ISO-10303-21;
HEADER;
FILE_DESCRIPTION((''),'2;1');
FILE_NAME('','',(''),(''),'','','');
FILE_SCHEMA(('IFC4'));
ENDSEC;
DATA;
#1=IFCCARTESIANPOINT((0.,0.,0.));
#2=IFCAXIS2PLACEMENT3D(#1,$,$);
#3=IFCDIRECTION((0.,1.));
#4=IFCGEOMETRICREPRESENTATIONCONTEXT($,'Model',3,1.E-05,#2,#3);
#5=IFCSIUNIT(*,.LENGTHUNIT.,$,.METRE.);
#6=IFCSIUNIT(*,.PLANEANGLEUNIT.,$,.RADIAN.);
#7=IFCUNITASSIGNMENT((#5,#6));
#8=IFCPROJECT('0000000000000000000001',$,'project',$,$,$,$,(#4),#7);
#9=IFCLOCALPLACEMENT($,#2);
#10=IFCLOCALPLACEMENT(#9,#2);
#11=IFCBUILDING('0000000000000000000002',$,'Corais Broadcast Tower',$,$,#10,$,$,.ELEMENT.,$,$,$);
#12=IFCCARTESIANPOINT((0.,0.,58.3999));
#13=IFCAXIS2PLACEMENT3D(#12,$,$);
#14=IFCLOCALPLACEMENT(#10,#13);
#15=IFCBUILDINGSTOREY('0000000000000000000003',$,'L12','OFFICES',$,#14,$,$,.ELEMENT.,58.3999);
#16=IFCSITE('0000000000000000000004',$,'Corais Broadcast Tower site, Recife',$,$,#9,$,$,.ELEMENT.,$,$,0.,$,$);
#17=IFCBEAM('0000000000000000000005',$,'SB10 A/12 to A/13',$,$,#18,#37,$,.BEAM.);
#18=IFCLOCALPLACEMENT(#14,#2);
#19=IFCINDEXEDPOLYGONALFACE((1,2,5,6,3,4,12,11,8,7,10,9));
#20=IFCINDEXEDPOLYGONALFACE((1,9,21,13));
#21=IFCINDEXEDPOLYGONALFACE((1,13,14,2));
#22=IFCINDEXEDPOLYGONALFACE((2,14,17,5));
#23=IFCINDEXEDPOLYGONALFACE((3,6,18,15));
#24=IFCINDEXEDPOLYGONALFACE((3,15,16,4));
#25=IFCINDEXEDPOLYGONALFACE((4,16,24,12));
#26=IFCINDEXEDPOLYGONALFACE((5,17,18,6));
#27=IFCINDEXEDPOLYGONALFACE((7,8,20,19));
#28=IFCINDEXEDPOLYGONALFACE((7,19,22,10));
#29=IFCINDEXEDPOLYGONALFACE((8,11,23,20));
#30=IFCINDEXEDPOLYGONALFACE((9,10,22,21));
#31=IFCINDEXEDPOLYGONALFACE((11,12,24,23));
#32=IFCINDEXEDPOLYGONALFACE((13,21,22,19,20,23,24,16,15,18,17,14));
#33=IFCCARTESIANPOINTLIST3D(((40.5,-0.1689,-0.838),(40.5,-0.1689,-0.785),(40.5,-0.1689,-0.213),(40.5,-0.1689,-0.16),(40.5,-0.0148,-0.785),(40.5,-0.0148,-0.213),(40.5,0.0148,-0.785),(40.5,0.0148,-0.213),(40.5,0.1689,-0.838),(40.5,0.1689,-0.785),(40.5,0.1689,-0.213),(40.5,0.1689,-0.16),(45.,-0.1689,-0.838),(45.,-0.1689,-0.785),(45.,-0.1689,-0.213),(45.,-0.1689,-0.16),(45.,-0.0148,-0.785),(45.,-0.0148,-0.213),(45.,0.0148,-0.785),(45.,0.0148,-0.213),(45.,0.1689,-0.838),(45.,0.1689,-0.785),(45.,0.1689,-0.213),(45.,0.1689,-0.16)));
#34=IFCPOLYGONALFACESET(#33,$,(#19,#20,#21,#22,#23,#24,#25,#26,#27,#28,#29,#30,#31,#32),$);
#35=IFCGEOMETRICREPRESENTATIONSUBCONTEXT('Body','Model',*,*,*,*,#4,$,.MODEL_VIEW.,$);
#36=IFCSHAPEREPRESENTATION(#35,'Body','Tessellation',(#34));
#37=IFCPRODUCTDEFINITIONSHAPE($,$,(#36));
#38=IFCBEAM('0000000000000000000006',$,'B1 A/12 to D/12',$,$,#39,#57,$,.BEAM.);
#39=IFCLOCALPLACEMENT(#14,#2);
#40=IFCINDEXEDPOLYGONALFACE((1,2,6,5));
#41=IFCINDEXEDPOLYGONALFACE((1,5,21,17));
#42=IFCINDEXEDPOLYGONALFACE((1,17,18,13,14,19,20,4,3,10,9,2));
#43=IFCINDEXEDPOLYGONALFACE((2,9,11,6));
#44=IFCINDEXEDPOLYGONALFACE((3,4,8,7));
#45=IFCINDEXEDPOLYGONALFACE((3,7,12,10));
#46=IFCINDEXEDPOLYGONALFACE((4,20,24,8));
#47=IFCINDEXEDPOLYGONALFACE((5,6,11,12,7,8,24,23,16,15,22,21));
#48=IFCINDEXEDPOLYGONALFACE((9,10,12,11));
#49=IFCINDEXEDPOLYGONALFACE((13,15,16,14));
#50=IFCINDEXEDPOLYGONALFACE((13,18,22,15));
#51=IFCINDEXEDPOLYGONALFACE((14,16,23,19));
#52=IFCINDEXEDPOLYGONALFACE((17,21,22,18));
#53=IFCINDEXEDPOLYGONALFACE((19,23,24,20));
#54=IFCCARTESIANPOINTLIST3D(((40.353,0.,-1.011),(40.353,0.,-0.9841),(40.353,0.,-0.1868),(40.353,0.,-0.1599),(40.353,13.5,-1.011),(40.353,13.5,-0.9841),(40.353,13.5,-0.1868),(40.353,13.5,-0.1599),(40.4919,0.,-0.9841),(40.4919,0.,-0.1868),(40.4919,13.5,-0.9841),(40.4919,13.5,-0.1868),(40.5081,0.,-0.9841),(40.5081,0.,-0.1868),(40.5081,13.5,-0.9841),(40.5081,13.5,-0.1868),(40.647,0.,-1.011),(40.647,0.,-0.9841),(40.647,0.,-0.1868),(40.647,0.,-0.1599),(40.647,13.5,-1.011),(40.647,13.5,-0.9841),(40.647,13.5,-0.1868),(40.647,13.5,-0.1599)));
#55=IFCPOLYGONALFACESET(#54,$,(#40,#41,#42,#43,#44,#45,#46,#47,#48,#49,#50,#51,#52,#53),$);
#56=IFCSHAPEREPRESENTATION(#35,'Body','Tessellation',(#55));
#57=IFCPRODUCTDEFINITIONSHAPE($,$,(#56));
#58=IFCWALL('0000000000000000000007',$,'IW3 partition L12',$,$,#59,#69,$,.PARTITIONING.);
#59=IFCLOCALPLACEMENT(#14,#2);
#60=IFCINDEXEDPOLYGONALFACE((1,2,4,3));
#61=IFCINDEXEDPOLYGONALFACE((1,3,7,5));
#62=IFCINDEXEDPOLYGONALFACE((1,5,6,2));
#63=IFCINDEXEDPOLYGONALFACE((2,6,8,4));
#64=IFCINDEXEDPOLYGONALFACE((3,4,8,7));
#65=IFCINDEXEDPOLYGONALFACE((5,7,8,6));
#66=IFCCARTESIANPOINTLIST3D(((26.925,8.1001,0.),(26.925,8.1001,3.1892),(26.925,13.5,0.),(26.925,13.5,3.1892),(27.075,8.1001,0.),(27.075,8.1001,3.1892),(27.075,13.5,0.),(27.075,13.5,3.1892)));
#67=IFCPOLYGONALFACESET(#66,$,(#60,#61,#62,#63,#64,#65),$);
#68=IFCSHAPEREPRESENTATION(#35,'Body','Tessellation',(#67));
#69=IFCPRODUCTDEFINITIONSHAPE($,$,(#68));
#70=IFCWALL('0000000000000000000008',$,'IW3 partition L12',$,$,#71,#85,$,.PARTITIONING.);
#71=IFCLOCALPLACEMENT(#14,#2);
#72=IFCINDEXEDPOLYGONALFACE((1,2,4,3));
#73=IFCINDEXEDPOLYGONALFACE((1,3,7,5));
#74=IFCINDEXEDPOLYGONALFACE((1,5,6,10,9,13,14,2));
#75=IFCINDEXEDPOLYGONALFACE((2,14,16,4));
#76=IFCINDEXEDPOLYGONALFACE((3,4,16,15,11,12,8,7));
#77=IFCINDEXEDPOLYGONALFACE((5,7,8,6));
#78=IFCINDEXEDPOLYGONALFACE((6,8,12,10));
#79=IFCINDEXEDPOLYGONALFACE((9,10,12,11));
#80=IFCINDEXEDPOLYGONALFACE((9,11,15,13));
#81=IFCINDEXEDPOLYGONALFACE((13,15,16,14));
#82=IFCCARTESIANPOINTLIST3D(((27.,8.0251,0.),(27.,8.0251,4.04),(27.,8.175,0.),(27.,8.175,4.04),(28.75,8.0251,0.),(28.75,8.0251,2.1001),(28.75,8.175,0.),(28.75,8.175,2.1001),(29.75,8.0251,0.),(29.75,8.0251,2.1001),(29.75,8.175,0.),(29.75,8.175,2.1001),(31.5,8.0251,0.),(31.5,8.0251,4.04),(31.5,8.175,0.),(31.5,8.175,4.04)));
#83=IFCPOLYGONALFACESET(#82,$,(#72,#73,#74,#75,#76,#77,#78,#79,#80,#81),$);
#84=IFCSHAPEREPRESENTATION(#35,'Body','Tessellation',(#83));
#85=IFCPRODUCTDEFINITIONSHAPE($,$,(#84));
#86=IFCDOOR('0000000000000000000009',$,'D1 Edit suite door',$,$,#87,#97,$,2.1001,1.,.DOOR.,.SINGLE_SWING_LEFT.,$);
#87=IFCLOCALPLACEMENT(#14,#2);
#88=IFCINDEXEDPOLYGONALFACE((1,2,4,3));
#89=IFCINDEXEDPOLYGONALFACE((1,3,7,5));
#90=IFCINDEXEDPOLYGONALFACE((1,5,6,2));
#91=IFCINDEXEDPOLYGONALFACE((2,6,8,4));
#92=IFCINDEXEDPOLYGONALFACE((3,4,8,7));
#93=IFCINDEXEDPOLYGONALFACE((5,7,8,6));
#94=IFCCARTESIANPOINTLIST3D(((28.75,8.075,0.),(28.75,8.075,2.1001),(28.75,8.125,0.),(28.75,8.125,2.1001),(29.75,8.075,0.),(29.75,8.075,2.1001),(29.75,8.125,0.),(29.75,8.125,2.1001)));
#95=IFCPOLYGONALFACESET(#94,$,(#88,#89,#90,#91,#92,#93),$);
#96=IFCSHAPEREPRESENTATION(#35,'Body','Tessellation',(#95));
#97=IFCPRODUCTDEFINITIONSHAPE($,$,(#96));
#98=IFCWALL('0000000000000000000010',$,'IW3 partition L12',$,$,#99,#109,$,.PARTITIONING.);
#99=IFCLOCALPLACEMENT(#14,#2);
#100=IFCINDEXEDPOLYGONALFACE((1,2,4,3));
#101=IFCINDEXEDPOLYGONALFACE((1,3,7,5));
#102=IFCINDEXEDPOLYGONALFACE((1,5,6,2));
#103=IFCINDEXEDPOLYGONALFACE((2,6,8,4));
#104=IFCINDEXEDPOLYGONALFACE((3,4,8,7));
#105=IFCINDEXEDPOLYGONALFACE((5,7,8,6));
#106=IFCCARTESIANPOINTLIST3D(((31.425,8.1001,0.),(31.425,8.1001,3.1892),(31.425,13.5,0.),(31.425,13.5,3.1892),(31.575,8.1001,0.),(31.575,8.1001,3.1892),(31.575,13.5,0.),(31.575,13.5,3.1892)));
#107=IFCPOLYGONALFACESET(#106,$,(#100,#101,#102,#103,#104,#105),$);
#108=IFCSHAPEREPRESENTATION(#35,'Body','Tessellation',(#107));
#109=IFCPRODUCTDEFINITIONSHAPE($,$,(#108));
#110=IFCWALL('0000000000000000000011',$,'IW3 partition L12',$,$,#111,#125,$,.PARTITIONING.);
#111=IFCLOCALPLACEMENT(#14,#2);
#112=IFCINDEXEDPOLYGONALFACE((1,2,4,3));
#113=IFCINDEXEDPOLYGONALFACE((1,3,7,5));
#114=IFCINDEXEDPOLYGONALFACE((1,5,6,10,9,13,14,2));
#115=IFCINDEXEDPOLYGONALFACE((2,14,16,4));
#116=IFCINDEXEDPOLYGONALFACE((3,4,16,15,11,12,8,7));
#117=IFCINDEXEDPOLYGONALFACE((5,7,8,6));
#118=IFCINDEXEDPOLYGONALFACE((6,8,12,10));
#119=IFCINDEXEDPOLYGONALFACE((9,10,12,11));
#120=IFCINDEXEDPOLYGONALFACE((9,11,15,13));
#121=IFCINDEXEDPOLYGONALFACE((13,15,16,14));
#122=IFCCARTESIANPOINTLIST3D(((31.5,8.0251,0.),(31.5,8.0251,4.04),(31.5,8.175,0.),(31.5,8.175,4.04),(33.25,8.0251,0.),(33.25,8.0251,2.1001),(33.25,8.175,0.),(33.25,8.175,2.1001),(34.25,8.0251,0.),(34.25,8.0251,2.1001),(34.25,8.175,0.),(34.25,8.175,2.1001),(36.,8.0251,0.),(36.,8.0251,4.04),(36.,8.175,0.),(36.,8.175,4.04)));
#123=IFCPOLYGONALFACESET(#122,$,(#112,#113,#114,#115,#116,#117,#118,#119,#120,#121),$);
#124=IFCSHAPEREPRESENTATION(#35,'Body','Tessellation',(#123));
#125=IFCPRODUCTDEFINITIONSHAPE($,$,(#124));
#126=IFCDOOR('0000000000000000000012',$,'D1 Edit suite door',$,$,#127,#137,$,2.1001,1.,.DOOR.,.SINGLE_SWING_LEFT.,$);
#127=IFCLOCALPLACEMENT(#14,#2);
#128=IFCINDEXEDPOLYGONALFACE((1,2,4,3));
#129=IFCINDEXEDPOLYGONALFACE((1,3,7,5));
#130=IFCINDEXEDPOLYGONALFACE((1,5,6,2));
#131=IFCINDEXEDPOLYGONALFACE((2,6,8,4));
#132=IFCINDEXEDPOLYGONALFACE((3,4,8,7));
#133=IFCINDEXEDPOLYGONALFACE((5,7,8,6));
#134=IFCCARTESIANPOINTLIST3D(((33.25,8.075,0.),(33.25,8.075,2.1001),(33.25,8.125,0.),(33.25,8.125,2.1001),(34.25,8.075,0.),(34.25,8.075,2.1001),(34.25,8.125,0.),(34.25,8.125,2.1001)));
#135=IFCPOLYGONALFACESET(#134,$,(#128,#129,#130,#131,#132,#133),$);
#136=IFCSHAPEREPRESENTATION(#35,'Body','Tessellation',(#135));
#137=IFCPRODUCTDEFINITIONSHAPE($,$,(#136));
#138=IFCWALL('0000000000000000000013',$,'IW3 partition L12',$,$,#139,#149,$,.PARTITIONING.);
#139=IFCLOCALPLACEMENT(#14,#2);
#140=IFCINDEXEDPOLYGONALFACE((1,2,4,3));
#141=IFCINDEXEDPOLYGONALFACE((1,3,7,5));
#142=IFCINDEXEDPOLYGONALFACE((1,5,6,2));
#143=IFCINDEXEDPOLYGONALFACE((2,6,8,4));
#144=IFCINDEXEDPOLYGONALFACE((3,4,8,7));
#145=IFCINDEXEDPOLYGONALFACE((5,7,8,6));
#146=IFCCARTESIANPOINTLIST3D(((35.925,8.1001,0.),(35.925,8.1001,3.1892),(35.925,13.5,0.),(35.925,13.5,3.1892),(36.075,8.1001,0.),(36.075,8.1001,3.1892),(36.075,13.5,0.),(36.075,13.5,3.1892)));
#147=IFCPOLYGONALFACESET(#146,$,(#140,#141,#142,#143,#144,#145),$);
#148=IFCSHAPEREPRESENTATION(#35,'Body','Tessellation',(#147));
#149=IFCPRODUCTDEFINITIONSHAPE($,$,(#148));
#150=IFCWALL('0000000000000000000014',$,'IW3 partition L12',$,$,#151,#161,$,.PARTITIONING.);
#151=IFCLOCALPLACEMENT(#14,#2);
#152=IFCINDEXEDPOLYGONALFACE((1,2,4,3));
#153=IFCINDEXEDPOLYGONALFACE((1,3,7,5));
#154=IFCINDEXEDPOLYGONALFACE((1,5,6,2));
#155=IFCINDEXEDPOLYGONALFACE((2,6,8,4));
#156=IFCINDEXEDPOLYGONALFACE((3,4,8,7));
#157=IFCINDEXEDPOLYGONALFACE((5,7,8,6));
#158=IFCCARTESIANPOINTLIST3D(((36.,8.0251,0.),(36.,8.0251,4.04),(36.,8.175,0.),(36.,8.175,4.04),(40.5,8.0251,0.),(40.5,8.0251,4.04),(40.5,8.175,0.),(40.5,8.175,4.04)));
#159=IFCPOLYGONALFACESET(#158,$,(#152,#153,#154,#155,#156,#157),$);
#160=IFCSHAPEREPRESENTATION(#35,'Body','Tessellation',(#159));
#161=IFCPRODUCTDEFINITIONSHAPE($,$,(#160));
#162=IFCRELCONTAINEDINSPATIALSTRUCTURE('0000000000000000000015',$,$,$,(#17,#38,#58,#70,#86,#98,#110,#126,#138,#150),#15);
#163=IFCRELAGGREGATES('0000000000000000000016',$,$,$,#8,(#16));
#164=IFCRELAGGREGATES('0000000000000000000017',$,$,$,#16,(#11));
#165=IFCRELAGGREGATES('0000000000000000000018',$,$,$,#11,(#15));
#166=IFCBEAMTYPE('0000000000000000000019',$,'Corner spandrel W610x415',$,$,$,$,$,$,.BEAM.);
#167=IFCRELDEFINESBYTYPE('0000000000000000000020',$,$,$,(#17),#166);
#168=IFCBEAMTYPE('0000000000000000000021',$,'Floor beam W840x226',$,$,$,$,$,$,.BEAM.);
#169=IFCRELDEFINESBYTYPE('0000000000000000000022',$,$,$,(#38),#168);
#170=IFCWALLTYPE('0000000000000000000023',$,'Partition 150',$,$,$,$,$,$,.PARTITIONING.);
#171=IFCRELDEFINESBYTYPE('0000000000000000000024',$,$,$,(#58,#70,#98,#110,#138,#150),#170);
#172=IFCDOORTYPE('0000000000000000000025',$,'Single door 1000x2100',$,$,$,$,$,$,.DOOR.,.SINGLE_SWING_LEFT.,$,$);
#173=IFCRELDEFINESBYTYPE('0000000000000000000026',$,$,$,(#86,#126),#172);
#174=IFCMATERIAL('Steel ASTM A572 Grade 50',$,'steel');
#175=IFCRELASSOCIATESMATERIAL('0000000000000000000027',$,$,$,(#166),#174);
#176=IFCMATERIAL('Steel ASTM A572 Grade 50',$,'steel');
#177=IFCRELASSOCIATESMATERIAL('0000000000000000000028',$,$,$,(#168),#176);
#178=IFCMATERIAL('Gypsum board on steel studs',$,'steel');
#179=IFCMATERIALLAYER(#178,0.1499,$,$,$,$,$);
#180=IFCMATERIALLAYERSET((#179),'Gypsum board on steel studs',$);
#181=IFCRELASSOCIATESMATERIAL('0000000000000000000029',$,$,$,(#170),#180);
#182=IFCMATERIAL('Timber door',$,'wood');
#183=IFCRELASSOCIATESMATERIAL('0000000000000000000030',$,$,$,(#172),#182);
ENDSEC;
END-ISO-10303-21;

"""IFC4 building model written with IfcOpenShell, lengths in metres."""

from ifc_helpers import new_model, si_unit, direction, frame, frame_2d, origin, origin_2d, place, context, subcontext, project, spatial, rectangle, i_section, extrude, material, layer, layer_set, material_profile, profile_set, type_object, element, fill, save


model = new_model("IFC4")

# Units and contexts
model_context = context("Model", 3, precision=1e-05, world=origin(), true_north=direction((0.0, 1.0)))
body_context = subcontext(model_context, "Body", "Model", "MODEL_VIEW")
ifc_project = project(units=[si_unit("LENGTHUNIT", "METRE"), si_unit("PLANEANGLEUNIT", "RADIAN")], contexts=[model_context])

# Site, building, storey
site_placement = place(None, origin())
site = spatial("IfcSite", under=ifc_project, at=site_placement, Name="Corais Broadcast Tower site, Recife", CompositionType="ELEMENT", RefElevation=0.0)
building_placement = place(site_placement, origin())
building = spatial("IfcBuilding", under=site, at=building_placement, Name="Corais Broadcast Tower", CompositionType="ELEMENT")
storey_placement = place(building_placement, frame((0.0, 0.0, 58.3999)))
storey = spatial("IfcBuildingStorey", under=building, at=storey_placement, Name="L12", Description="OFFICES", CompositionType="ELEMENT", Elevation=58.3999)

# Beams
ifc_material_1 = material(Name="Steel ASTM A572 Grade 50", Category="steel")
ifc_material_profile_1 = material_profile(ifc_material_1, i_section(OverallWidth=0.3379, OverallDepth=0.678, WebThickness=0.0295, FlangeThickness=0.053, at=origin_2d()), Name="W610x415")
ifc_profile_set_1 = profile_set([ifc_material_profile_1], Name="Steel ASTM A572 Grade 50")
beam_type_1 = type_object("IfcBeamType", Name="Corner spandrel W610x415", PredefinedType="BEAM", material=ifc_profile_set_1)
beam_1_placement = place(storey_placement, frame((40.5, 0.0, -0.499), z_axis=(1.0, 0.0, 0.0), x_axis=(0.0, 1.0, 0.0)))
element("IfcBeam", 1, at=beam_1_placement, inside=storey, type_object=beam_type_1, Name="SB10 A/12 to A/13", PredefinedType="BEAM", context=body_context, shape_type="SweptSolid", body=[
    extrude(i_section(OverallWidth=0.3379, OverallDepth=0.678, WebThickness=0.0295, FlangeThickness=0.053, at=origin_2d()), origin(), (0.0, 0.0, 1.0), 4.5),
])
ifc_material_2 = material(Name="Steel ASTM A572 Grade 50", Category="steel")
ifc_material_profile_2 = material_profile(ifc_material_2, i_section(OverallWidth=0.2939, OverallDepth=0.8511, WebThickness=0.0161, FlangeThickness=0.0269, at=origin_2d()), Name="W840x226")
ifc_profile_set_2 = profile_set([ifc_material_profile_2], Name="Steel ASTM A572 Grade 50")
beam_type_2 = type_object("IfcBeamType", Name="Floor beam W840x226", PredefinedType="BEAM", material=ifc_profile_set_2)
beam_2_placement = place(storey_placement, frame((40.5, 0.0, -0.5854), z_axis=(0.0, 1.0, 0.0), x_axis=(-1.0, 0.0, 0.0)))
element("IfcBeam", 2, at=beam_2_placement, inside=storey, type_object=beam_type_2, Name="B1 A/12 to D/12", PredefinedType="BEAM", context=body_context, shape_type="SweptSolid", body=[
    extrude(i_section(OverallWidth=0.2939, OverallDepth=0.8511, WebThickness=0.0161, FlangeThickness=0.0269, at=origin_2d()), origin(), (0.0, 0.0, 1.0), 13.5),
])

# Wall
ifc_material_3 = material(Name="Gypsum board on steel studs", Category="steel")
ifc_layer_1 = layer(ifc_material_3, 0.1499)
ifc_layer_set_1 = layer_set([ifc_layer_1], Name="Gypsum board on steel studs")
wall_type_1 = type_object("IfcWallType", Name="Partition 150", PredefinedType="PARTITIONING", material=ifc_layer_set_1)
wall_1_placement = place(storey_placement, frame((27.0, 8.1001, 0.0), z_axis=(0.0, 0.0, 1.0), x_axis=(0.0, 1.0, 0.0)))
element("IfcWall", 3, at=wall_1_placement, inside=storey, type_object=wall_type_1, Name="IW3 partition L12", PredefinedType="PARTITIONING", context=body_context, shape_type="SweptSolid", body=[
    extrude(rectangle(XDim=5.3999, YDim=0.1499, at=frame_2d((2.7, 0.0))), origin(), (0.0, 0.0, 1.0), 3.1892),
])

# Wall, opening, door
wall_2_placement = place(storey_placement, frame((27.0, 8.1001, 0.0), z_axis=(0.0, 0.0, 1.0), x_axis=(1.0, 0.0, 0.0)))
wall_2 = element("IfcWall", 4, at=wall_2_placement, inside=storey, type_object=wall_type_1, Name="IW3 partition L12", PredefinedType="PARTITIONING", context=body_context, shape_type="SweptSolid", body=[
    extrude(rectangle(XDim=4.5, YDim=0.1499, at=frame_2d((2.25, 0.0))), origin(), (0.0, 0.0, 1.0), 4.04),
])
opening_1_placement = place(wall_2_placement, frame((1.75, 0.0, 0.0)))
opening_1 = element("IfcOpeningElement", 5, at=opening_1_placement, cuts=wall_2, PredefinedType="OPENING", context=body_context, shape_type="SweptSolid", body=[
    extrude(rectangle(XDim=1.0, YDim=2.1001, at=frame_2d((0.5, 1.05))), frame((0.0, 0.085, 0.0), z_axis=(0.0, -1.0, 0.0), x_axis=(1.0, 0.0, 0.0)), (0.0, 0.0, 1.0), 0.1699),
])
ifc_material_4 = material(Name="Timber door", Category="wood")
door_type = type_object("IfcDoorType", Name="Single door 1000x2100", OperationType="SINGLE_SWING_LEFT", PredefinedType="DOOR", material=ifc_material_4)
door_1_placement = place(opening_1_placement, origin())
door_1 = element("IfcDoor", 6, at=door_1_placement, inside=storey, type_object=door_type, Name="D1 Edit suite door", OperationType="SINGLE_SWING_LEFT", OverallHeight=2.1001, OverallWidth=1.0, PredefinedType="DOOR", context=body_context, shape_type="SweptSolid", body=[
    extrude(rectangle(XDim=1.0, YDim=2.1001, at=frame_2d((0.5, 1.05))), frame((0.0, 0.0249, 0.0), z_axis=(0.0, -1.0, 0.0), x_axis=(1.0, 0.0, 0.0)), (0.0, 0.0, 1.0), 0.05),
])
fill(opening_1, door_1)

# Wall
wall_3_placement = place(storey_placement, frame((31.5, 8.1001, 0.0), z_axis=(0.0, 0.0, 1.0), x_axis=(0.0, 1.0, 0.0)))
element("IfcWall", 7, at=wall_3_placement, inside=storey, type_object=wall_type_1, Name="IW3 partition L12", PredefinedType="PARTITIONING", context=body_context, shape_type="SweptSolid", body=[
    extrude(rectangle(XDim=5.3999, YDim=0.1499, at=frame_2d((2.7, 0.0))), origin(), (0.0, 0.0, 1.0), 3.1892),
])

# Wall, opening, door
wall_4_placement = place(storey_placement, frame((31.5, 8.1001, 0.0), z_axis=(0.0, 0.0, 1.0), x_axis=(1.0, 0.0, 0.0)))
wall_4 = element("IfcWall", 8, at=wall_4_placement, inside=storey, type_object=wall_type_1, Name="IW3 partition L12", PredefinedType="PARTITIONING", context=body_context, shape_type="SweptSolid", body=[
    extrude(rectangle(XDim=4.5, YDim=0.1499, at=frame_2d((2.25, 0.0))), origin(), (0.0, 0.0, 1.0), 4.04),
])
opening_2_placement = place(wall_4_placement, frame((1.75, 0.0, 0.0)))
opening_2 = element("IfcOpeningElement", 9, at=opening_2_placement, cuts=wall_4, PredefinedType="OPENING", context=body_context, shape_type="SweptSolid", body=[
    extrude(rectangle(XDim=1.0, YDim=2.1001, at=frame_2d((0.5, 1.05))), frame((0.0, 0.085, 0.0), z_axis=(0.0, -1.0, 0.0), x_axis=(1.0, 0.0, 0.0)), (0.0, 0.0, 1.0), 0.1699),
])
door_2_placement = place(opening_2_placement, origin())
door_2 = element("IfcDoor", 10, at=door_2_placement, inside=storey, type_object=door_type, Name="D1 Edit suite door", OperationType="SINGLE_SWING_LEFT", OverallHeight=2.1001, OverallWidth=1.0, PredefinedType="DOOR", context=body_context, shape_type="SweptSolid", body=[
    extrude(rectangle(XDim=1.0, YDim=2.1001, at=frame_2d((0.5, 1.05))), frame((0.0, 0.0249, 0.0), z_axis=(0.0, -1.0, 0.0), x_axis=(1.0, 0.0, 0.0)), (0.0, 0.0, 1.0), 0.05),
])
fill(opening_2, door_2)

# Walls
wall_5_placement = place(storey_placement, frame((36.0, 8.1001, 0.0), z_axis=(0.0, 0.0, 1.0), x_axis=(0.0, 1.0, 0.0)))
element("IfcWall", 11, at=wall_5_placement, inside=storey, type_object=wall_type_1, Name="IW3 partition L12", PredefinedType="PARTITIONING", context=body_context, shape_type="SweptSolid", body=[
    extrude(rectangle(XDim=5.3999, YDim=0.1499, at=frame_2d((2.7, 0.0))), origin(), (0.0, 0.0, 1.0), 3.1892),
])
wall_6_placement = place(storey_placement, frame((36.0, 8.1001, 0.0), z_axis=(0.0, 0.0, 1.0), x_axis=(1.0, 0.0, 0.0)))
element("IfcWall", 12, at=wall_6_placement, inside=storey, type_object=wall_type_1, Name="IW3 partition L12", PredefinedType="PARTITIONING", context=body_context, shape_type="SweptSolid", body=[
    extrude(rectangle(XDim=4.5, YDim=0.1499, at=frame_2d((2.25, 0.0))), origin(), (0.0, 0.0, 1.0), 4.04),
])

save(model, "model.ifc")
